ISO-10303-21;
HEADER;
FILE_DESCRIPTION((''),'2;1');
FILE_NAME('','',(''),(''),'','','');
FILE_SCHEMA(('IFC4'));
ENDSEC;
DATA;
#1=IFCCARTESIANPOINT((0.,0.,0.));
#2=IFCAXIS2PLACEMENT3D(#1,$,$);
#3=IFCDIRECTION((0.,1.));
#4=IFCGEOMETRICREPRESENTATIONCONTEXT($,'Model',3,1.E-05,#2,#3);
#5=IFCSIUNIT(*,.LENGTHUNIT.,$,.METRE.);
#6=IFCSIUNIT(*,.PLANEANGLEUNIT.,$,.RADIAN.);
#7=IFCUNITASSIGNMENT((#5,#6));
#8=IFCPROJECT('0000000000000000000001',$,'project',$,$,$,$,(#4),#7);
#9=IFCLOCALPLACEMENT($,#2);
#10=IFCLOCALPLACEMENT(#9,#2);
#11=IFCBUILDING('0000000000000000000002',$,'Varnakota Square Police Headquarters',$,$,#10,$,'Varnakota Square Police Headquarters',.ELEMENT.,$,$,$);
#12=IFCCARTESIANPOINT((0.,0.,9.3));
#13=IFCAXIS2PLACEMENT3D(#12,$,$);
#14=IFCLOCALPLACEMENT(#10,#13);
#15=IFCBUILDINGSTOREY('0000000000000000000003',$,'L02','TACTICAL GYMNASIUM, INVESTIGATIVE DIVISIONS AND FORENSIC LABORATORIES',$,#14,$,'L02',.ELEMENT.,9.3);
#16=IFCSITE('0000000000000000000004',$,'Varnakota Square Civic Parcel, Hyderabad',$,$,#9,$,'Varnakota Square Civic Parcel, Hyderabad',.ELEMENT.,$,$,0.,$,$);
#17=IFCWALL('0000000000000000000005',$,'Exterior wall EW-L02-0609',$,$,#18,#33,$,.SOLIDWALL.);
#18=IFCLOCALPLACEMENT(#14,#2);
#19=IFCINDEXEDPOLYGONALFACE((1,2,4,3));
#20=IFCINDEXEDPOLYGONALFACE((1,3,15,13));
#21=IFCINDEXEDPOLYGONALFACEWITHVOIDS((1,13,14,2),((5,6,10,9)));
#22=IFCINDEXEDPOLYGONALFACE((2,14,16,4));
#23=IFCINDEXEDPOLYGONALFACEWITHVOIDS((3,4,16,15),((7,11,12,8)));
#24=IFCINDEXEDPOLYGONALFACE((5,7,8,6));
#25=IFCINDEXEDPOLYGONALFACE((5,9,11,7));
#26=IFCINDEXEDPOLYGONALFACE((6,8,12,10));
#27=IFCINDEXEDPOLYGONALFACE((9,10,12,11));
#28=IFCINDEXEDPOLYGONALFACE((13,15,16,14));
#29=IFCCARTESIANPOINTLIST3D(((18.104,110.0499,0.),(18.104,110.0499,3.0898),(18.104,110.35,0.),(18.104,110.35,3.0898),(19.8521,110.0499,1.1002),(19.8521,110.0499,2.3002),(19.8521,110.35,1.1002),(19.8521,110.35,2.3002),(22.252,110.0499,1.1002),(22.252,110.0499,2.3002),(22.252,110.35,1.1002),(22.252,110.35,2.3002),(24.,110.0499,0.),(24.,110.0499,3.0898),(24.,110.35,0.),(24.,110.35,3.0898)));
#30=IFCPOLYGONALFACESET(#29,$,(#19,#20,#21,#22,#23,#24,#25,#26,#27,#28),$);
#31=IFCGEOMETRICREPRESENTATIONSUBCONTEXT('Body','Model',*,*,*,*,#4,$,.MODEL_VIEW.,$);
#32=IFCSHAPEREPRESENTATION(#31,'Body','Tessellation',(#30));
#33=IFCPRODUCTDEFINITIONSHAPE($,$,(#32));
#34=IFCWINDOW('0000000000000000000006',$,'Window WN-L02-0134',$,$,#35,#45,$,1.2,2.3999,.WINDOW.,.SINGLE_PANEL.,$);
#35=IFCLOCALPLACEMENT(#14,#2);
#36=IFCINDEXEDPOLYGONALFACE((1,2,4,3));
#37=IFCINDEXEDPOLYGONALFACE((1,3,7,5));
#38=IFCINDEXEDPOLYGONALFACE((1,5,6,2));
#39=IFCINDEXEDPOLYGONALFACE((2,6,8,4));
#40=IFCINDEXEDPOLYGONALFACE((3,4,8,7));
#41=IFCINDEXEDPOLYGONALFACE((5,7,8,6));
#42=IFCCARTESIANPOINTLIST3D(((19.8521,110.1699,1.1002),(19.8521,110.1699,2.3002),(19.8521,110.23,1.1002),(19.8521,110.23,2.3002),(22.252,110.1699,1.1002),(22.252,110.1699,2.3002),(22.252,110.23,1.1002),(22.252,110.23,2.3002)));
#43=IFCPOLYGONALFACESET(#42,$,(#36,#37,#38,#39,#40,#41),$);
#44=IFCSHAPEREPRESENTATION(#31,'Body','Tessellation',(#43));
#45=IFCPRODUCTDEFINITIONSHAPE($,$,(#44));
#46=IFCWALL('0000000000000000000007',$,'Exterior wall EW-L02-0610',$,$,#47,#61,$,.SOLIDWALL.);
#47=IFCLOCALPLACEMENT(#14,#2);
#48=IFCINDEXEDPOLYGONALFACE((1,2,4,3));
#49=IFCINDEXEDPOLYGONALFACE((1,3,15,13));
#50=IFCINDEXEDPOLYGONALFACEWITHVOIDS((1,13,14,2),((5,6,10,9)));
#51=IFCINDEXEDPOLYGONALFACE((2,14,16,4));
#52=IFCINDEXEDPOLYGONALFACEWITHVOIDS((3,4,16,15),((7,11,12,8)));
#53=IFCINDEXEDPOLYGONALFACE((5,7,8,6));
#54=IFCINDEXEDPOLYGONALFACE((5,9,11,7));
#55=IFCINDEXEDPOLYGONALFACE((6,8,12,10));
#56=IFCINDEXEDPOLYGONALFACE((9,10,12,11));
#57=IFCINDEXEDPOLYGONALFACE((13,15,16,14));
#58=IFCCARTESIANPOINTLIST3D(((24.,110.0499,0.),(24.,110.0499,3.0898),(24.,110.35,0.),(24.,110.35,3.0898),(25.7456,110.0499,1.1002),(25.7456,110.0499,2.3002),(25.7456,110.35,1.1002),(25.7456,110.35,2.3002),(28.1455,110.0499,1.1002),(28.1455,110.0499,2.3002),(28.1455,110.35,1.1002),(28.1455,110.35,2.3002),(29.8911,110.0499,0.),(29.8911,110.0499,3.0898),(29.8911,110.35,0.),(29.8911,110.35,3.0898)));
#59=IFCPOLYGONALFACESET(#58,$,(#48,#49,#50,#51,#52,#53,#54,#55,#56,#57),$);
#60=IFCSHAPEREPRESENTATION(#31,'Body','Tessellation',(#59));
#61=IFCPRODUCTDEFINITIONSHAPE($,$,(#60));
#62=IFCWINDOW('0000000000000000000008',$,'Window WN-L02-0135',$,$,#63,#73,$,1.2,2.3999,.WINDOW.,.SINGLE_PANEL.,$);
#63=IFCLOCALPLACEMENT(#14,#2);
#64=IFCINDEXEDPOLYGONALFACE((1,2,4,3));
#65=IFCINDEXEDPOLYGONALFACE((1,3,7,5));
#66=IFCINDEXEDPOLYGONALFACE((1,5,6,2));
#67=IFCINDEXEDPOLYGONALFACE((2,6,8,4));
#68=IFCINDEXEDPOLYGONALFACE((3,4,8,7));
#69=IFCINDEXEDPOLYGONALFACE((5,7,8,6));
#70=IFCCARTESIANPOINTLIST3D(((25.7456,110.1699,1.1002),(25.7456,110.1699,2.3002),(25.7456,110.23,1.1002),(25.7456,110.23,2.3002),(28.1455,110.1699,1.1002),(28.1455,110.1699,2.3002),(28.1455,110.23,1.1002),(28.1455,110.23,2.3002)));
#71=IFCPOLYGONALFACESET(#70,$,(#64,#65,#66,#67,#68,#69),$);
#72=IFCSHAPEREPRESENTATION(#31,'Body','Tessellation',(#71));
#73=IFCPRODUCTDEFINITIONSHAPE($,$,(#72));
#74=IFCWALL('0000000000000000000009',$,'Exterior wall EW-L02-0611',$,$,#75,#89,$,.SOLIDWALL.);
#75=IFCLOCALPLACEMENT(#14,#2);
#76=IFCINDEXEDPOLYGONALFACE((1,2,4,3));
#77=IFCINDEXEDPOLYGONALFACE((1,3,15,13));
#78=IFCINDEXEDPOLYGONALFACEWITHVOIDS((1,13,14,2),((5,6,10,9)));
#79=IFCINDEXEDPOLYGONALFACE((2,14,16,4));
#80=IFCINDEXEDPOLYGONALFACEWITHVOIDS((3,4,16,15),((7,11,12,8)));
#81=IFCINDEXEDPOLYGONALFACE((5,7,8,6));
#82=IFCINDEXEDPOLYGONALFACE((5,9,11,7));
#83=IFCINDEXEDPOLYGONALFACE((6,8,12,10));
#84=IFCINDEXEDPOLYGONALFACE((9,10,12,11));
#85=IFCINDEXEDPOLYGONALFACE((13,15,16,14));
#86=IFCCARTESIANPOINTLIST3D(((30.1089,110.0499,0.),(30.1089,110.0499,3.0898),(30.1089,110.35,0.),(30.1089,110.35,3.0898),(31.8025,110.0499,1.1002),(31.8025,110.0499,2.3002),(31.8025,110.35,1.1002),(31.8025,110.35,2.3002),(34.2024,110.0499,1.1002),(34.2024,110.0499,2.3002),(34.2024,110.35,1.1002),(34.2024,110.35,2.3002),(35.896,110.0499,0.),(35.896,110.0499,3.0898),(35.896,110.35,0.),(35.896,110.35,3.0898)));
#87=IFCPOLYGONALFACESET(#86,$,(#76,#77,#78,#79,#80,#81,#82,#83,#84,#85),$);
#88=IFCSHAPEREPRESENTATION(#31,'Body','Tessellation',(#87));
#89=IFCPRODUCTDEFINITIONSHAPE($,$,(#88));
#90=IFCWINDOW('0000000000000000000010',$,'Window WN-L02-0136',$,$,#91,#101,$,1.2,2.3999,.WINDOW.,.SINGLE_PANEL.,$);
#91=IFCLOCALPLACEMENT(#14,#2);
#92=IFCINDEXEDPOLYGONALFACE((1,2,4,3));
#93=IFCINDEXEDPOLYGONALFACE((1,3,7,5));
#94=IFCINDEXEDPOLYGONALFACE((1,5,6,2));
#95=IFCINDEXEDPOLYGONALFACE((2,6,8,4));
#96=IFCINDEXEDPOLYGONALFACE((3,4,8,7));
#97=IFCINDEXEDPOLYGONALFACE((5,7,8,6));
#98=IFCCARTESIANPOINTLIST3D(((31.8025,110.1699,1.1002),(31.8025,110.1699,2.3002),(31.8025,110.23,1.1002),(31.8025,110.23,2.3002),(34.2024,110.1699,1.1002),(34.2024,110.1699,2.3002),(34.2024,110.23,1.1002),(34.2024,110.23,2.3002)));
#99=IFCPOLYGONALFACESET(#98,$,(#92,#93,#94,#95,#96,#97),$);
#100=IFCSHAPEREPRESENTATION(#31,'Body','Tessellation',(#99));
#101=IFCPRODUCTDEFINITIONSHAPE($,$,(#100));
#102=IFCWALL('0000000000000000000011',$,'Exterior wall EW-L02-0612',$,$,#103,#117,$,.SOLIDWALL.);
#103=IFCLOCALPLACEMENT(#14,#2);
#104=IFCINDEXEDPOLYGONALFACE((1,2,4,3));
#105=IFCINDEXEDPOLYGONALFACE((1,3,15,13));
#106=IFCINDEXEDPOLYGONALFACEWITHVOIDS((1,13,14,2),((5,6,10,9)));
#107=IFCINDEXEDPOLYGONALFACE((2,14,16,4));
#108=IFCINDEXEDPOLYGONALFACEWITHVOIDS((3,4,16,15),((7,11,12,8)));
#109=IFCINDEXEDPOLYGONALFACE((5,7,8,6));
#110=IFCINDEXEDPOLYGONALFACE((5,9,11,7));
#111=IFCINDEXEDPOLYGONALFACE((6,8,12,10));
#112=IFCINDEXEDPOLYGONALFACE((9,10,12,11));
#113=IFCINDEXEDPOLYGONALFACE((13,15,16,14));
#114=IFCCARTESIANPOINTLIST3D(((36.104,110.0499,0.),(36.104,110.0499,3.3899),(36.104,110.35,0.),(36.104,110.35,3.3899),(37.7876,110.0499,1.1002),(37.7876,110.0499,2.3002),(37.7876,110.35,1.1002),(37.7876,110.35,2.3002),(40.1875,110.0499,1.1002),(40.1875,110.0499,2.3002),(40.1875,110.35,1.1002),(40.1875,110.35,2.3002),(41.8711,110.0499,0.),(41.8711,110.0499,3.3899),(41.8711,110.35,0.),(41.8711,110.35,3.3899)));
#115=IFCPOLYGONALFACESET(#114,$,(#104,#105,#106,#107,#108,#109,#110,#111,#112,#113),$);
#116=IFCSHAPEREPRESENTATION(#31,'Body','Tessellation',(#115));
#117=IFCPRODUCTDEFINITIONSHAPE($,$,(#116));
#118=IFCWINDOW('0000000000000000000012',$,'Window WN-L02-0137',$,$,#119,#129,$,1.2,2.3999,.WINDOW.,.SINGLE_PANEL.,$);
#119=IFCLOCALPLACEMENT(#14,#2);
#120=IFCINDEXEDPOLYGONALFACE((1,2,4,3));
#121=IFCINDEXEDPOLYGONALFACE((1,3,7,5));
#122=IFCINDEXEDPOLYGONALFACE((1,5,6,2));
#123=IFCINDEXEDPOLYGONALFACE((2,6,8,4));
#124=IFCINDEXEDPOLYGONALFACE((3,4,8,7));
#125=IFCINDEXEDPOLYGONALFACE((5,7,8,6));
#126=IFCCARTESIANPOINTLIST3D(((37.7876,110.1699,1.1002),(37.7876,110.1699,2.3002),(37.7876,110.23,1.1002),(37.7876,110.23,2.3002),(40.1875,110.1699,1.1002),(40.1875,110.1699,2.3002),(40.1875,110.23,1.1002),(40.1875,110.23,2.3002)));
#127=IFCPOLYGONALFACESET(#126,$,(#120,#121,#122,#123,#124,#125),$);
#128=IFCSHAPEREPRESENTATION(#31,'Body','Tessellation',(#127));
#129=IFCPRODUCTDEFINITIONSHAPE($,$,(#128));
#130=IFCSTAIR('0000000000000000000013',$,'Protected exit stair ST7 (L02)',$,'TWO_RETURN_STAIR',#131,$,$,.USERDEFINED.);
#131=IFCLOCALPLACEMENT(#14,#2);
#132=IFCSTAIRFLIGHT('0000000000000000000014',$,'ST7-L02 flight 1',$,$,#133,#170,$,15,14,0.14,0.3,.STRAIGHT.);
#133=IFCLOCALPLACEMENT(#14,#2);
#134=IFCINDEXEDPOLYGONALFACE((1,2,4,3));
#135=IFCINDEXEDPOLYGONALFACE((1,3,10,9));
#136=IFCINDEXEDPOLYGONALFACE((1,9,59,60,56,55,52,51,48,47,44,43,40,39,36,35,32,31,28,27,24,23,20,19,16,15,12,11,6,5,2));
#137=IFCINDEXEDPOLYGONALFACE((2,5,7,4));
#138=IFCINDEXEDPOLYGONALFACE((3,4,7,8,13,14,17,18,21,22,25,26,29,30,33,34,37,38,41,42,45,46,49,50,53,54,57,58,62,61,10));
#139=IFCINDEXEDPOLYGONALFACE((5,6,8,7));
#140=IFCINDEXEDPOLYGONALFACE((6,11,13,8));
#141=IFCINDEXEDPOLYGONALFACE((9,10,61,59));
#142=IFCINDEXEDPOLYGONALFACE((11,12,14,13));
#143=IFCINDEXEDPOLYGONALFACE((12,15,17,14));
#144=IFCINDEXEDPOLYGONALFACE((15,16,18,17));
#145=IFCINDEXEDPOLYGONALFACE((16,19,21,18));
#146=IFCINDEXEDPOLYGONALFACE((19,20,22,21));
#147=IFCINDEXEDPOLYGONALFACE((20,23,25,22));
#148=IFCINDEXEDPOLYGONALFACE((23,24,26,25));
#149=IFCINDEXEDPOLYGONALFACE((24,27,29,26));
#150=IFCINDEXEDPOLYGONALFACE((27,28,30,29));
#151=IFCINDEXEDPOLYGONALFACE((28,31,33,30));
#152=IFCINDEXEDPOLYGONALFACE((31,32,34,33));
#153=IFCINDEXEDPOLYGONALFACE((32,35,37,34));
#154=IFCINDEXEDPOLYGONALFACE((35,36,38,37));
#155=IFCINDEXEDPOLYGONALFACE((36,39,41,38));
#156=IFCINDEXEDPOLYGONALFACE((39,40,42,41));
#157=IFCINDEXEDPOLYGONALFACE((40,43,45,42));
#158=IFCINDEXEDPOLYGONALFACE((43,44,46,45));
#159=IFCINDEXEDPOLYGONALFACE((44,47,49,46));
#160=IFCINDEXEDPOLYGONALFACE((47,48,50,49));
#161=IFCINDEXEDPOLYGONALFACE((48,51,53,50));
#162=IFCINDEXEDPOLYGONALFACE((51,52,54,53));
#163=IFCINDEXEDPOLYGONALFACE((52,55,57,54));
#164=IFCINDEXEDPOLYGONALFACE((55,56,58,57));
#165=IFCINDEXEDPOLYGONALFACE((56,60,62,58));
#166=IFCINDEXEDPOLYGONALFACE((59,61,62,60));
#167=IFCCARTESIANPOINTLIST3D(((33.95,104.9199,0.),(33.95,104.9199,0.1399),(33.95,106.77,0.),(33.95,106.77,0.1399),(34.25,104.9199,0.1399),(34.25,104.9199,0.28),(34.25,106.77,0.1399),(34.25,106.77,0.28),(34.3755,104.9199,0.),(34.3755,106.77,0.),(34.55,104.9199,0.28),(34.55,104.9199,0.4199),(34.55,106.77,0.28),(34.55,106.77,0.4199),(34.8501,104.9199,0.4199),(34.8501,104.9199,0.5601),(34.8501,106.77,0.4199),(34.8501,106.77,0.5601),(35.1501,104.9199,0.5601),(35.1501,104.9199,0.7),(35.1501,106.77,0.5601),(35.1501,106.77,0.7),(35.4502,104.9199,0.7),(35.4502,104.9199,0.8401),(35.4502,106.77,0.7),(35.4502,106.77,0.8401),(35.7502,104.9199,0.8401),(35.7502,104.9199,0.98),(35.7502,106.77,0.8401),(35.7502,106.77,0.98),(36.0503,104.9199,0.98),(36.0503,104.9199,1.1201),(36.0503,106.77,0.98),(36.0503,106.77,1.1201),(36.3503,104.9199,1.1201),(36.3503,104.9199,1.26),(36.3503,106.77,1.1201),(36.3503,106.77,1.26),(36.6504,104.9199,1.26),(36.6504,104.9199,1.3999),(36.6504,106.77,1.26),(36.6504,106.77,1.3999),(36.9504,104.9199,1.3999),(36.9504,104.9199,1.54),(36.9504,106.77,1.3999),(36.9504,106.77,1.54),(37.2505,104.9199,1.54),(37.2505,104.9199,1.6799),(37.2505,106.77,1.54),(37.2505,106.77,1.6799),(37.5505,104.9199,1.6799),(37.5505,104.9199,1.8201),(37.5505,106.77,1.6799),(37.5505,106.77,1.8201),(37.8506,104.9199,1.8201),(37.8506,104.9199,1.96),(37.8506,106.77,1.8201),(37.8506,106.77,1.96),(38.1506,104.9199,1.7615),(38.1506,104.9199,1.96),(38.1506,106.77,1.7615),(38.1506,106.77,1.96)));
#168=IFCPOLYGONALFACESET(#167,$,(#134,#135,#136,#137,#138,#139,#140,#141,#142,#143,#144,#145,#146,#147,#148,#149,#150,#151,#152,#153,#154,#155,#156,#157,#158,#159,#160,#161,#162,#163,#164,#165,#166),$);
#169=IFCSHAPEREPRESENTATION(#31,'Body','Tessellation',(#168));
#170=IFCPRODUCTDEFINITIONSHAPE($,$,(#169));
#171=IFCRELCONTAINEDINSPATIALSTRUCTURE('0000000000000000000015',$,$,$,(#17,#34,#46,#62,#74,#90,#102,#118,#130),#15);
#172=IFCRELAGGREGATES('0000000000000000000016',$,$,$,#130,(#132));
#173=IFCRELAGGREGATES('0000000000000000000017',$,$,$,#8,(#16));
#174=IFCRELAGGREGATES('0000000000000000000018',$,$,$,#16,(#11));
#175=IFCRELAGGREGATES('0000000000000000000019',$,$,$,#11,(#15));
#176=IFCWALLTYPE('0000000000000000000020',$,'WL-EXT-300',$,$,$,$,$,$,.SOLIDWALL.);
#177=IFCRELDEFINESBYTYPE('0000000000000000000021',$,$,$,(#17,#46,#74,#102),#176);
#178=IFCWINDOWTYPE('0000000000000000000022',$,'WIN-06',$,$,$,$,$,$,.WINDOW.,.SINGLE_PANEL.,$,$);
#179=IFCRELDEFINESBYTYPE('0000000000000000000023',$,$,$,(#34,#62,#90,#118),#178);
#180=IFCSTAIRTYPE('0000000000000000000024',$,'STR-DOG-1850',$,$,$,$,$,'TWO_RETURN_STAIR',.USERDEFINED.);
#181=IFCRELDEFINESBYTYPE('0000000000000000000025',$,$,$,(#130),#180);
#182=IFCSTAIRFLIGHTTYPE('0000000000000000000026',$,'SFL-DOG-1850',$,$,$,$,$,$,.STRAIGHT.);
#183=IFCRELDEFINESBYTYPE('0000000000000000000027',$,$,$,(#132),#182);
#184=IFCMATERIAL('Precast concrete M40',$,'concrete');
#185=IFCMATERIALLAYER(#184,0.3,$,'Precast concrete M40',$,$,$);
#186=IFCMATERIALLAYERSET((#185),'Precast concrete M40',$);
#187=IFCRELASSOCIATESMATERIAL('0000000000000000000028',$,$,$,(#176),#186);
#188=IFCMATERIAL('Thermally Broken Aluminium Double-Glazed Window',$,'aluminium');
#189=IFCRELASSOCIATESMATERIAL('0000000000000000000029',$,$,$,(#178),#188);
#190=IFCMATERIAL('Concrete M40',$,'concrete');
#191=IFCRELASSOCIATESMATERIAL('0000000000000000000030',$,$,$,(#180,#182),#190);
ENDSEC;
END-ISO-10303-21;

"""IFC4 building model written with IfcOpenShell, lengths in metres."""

from ifc_helpers import new_model, si_unit, direction, frame, frame_2d, origin, place, context, subcontext, project, spatial, polyline, rectangle, outline, extrude, material, layer, layer_set, type_object, element, fill, aggregate, save


model = new_model("IFC4")

# Units and contexts
model_context = context("Model", 3, precision=1e-05, world=origin(), true_north=direction((0.0, 1.0)))
body_context = subcontext(model_context, "Body", "Model", "MODEL_VIEW")
ifc_project = project(units=[si_unit("LENGTHUNIT", "METRE"), si_unit("PLANEANGLEUNIT", "RADIAN")], contexts=[model_context])

# Site, building, storey
site_placement = place(None, origin())
site = spatial("IfcSite", under=ifc_project, at=site_placement, Name="Varnakota Square Civic Parcel, Hyderabad", LongName="Varnakota Square Civic Parcel, Hyderabad", CompositionType="ELEMENT", RefElevation=0.0)
building_placement = place(site_placement, origin())
building = spatial("IfcBuilding", under=site, at=building_placement, Name="Varnakota Square Police Headquarters", LongName="Varnakota Square Police Headquarters", CompositionType="ELEMENT")
storey_placement = place(building_placement, frame((0.0, 0.0, 9.3)))
storey = spatial("IfcBuildingStorey", under=building, at=storey_placement, Name="L02", Description="TACTICAL GYMNASIUM, INVESTIGATIVE DIVISIONS AND FORENSIC LABORATORIES", LongName="L02", CompositionType="ELEMENT", Elevation=9.3)

# Walls, openings, windows
ifc_material_1 = material(Name="Precast concrete M40", Category="concrete")
ifc_layer_1 = layer(ifc_material_1, 0.3, Name="Precast concrete M40")
ifc_layer_set_1 = layer_set([ifc_layer_1], Name="Precast concrete M40")
wall_type_1 = type_object("IfcWallType", Name="WL-EXT-300", PredefinedType="SOLIDWALL", material=ifc_layer_set_1)
wall_1_placement = place(storey_placement, frame((18.104, 110.2, 0.0), z_axis=(0.0, 0.0, 1.0), x_axis=(1.0, 0.0, 0.0)))
wall_1 = element("IfcWall", 1, at=wall_1_placement, inside=storey, type_object=wall_type_1, Name="Exterior wall EW-L02-0609", PredefinedType="SOLIDWALL", context=body_context, shape_type="SweptSolid", body=[
    extrude(rectangle(XDim=5.896, YDim=0.3, at=frame_2d((2.948, 0.0))), origin(), (0.0, 0.0, 1.0), 3.0898),
])
opening_1_placement = place(wall_1_placement, frame((1.748, 0.0, 1.1001)))
opening_1 = element("IfcOpeningElement", 2, at=opening_1_placement, cuts=wall_1, PredefinedType="OPENING", context=body_context, shape_type="SweptSolid", body=[
    extrude(rectangle(XDim=2.3999, YDim=1.2, at=frame_2d((1.2, 0.6001))), frame((0.0, 0.1599, 0.0), z_axis=(0.0, -1.0, 0.0), x_axis=(1.0, 0.0, 0.0)), (0.0, 0.0, 1.0), 0.3201),
])
ifc_material_2 = material(Name="Thermally Broken Aluminium Double-Glazed Window", Category="aluminium")
window_type = type_object("IfcWindowType", Name="WIN-06", PartitioningType="SINGLE_PANEL", PredefinedType="WINDOW", material=ifc_material_2)
window_1_placement = place(opening_1_placement, origin())
window_1 = element("IfcWindow", 3, at=window_1_placement, inside=storey, type_object=window_type, Name="Window WN-L02-0134", OverallHeight=1.2, OverallWidth=2.3999, PartitioningType="SINGLE_PANEL", PredefinedType="WINDOW", context=body_context, shape_type="SweptSolid", body=[
    extrude(rectangle(XDim=2.3999, YDim=1.2, at=frame_2d((1.2, 0.6001))), frame((0.0, 0.03, 0.0), z_axis=(0.0, -1.0, 0.0), x_axis=(1.0, 0.0, 0.0)), (0.0, 0.0, 1.0), 0.0601),
])
fill(opening_1, window_1)
wall_2_placement = place(storey_placement, frame((24.0, 110.2, 0.0), z_axis=(0.0, 0.0, 1.0), x_axis=(1.0, 0.0, 0.0)))
wall_2 = element("IfcWall", 4, at=wall_2_placement, inside=storey, type_object=wall_type_1, Name="Exterior wall EW-L02-0610", PredefinedType="SOLIDWALL", context=body_context, shape_type="SweptSolid", body=[
    extrude(rectangle(XDim=5.8911, YDim=0.3, at=frame_2d((2.9456, 0.0))), origin(), (0.0, 0.0, 1.0), 3.0898),
])
opening_2_placement = place(wall_2_placement, frame((1.7456, 0.0, 1.1001)))
opening_2 = element("IfcOpeningElement", 5, at=opening_2_placement, cuts=wall_2, PredefinedType="OPENING", context=body_context, shape_type="SweptSolid", body=[
    extrude(rectangle(XDim=2.3999, YDim=1.2, at=frame_2d((1.2, 0.6001))), frame((0.0, 0.1599, 0.0), z_axis=(0.0, -1.0, 0.0), x_axis=(1.0, 0.0, 0.0)), (0.0, 0.0, 1.0), 0.3201),
])
window_2_placement = place(opening_2_placement, origin())
window_2 = element("IfcWindow", 6, at=window_2_placement, inside=storey, type_object=window_type, Name="Window WN-L02-0135", OverallHeight=1.2, OverallWidth=2.3999, PartitioningType="SINGLE_PANEL", PredefinedType="WINDOW", context=body_context, shape_type="SweptSolid", body=[
    extrude(rectangle(XDim=2.3999, YDim=1.2, at=frame_2d((1.2, 0.6001))), frame((0.0, 0.03, 0.0), z_axis=(0.0, -1.0, 0.0), x_axis=(1.0, 0.0, 0.0)), (0.0, 0.0, 1.0), 0.0601),
])
fill(opening_2, window_2)
wall_3_placement = place(storey_placement, frame((30.1089, 110.2, 0.0), z_axis=(0.0, 0.0, 1.0), x_axis=(1.0, 0.0, 0.0)))
wall_3 = element("IfcWall", 7, at=wall_3_placement, inside=storey, type_object=wall_type_1, Name="Exterior wall EW-L02-0611", PredefinedType="SOLIDWALL", context=body_context, shape_type="SweptSolid", body=[
    extrude(rectangle(XDim=5.7871, YDim=0.3, at=frame_2d((2.8936, 0.0))), origin(), (0.0, 0.0, 1.0), 3.0898),
])
opening_3_placement = place(wall_3_placement, frame((1.6936, 0.0, 1.1001)))
opening_3 = element("IfcOpeningElement", 8, at=opening_3_placement, cuts=wall_3, PredefinedType="OPENING", context=body_context, shape_type="SweptSolid", body=[
    extrude(rectangle(XDim=2.3999, YDim=1.2, at=frame_2d((1.2, 0.6001))), frame((0.0, 0.1599, 0.0), z_axis=(0.0, -1.0, 0.0), x_axis=(1.0, 0.0, 0.0)), (0.0, 0.0, 1.0), 0.3201),
])
window_3_placement = place(opening_3_placement, origin())
window_3 = element("IfcWindow", 9, at=window_3_placement, inside=storey, type_object=window_type, Name="Window WN-L02-0136", OverallHeight=1.2, OverallWidth=2.3999, PartitioningType="SINGLE_PANEL", PredefinedType="WINDOW", context=body_context, shape_type="SweptSolid", body=[
    extrude(rectangle(XDim=2.3999, YDim=1.2, at=frame_2d((1.2, 0.6001))), frame((0.0, 0.03, 0.0), z_axis=(0.0, -1.0, 0.0), x_axis=(1.0, 0.0, 0.0)), (0.0, 0.0, 1.0), 0.0601),
])
fill(opening_3, window_3)
wall_4_placement = place(storey_placement, frame((36.104, 110.2, 0.0), z_axis=(0.0, 0.0, 1.0), x_axis=(1.0, 0.0, 0.0)))
wall_4 = element("IfcWall", 10, at=wall_4_placement, inside=storey, type_object=wall_type_1, Name="Exterior wall EW-L02-0612", PredefinedType="SOLIDWALL", context=body_context, shape_type="SweptSolid", body=[
    extrude(rectangle(XDim=5.7671, YDim=0.3, at=frame_2d((2.8835, 0.0))), origin(), (0.0, 0.0, 1.0), 3.3899),
])
opening_4_placement = place(wall_4_placement, frame((1.6836, 0.0, 1.1001)))
opening_4 = element("IfcOpeningElement", 11, at=opening_4_placement, cuts=wall_4, PredefinedType="OPENING", context=body_context, shape_type="SweptSolid", body=[
    extrude(rectangle(XDim=2.3999, YDim=1.2, at=frame_2d((1.2, 0.6001))), frame((0.0, 0.1599, 0.0), z_axis=(0.0, -1.0, 0.0), x_axis=(1.0, 0.0, 0.0)), (0.0, 0.0, 1.0), 0.3201),
])
window_4_placement = place(opening_4_placement, origin())
window_4 = element("IfcWindow", 12, at=window_4_placement, inside=storey, type_object=window_type, Name="Window WN-L02-0137", OverallHeight=1.2, OverallWidth=2.3999, PartitioningType="SINGLE_PANEL", PredefinedType="WINDOW", context=body_context, shape_type="SweptSolid", body=[
    extrude(rectangle(XDim=2.3999, YDim=1.2, at=frame_2d((1.2, 0.6001))), frame((0.0, 0.03, 0.0), z_axis=(0.0, -1.0, 0.0), x_axis=(1.0, 0.0, 0.0)), (0.0, 0.0, 1.0), 0.0601),
])
fill(opening_4, window_4)

# Stair, stair flight
ifc_material_3 = material(Name="Concrete M40", Category="concrete")
stair_type = type_object("IfcStairType", Name="STR-DOG-1850", ElementType="TWO_RETURN_STAIR", PredefinedType="USERDEFINED", material=ifc_material_3)
stair_placement = place(storey_placement, origin())
stair = element("IfcStair", 13, at=stair_placement, inside=storey, type_object=stair_type, Name="Protected exit stair ST7 (L02)", ObjectType="TWO_RETURN_STAIR", PredefinedType="USERDEFINED")
stair_flight_type = type_object("IfcStairFlightType", Name="SFL-DOG-1850", PredefinedType="STRAIGHT", material=ifc_material_3)
stair_flight_1_placement = place(storey_placement, frame((33.95, 105.845, 0.0), z_axis=(0.0, 0.0, 1.0), x_axis=(1.0, 0.0, 0.0)))
stair_flight_1 = element("IfcStairFlight", 14, at=stair_flight_1_placement, type_object=stair_flight_type, Name="ST7-L02 flight 1", NumberOfRisers=15, NumberOfTreads=14, PredefinedType="STRAIGHT", RiserHeight=0.14, TreadLength=0.3, context=body_context, shape_type="SweptSolid", body=[
    extrude(outline(polyline([(0.0, 0.0), (0.0, 0.1399), (0.3, 0.1399), (0.3, 0.28), (0.6001, 0.28), (0.6001, 0.4199), (0.9001, 0.4199), (0.9001, 0.5601), (1.2002, 0.5601), (1.2002, 0.7), (1.5002, 0.7), (1.5002, 0.8401), (1.8003, 0.8401), (1.8003, 0.98), (2.1003, 0.98), (2.1003, 1.1201), (2.4004, 1.1201), (2.4004, 1.26), (2.7004, 1.26), (2.7004, 1.3999), (3.0005, 1.3999), (3.0005, 1.54), (3.3005, 1.54), (3.3005, 1.6799), (3.6006, 1.6799), (3.6006, 1.8201), (3.9006, 1.8201), (3.9006, 1.96), (4.2007, 1.96), (4.2007, 2.1001), (4.2007, 1.7615), (0.4255, 0.0), (0.0, 0.0)])), frame((0.0, 0.925, 0.0), z_axis=(0.0, -1.0, 0.0), x_axis=(1.0, 0.0, 0.0)), (0.0, 0.0, 1.0), 1.8501),
])
aggregate(stair, [stair_flight_1])

save(model, "model.ifc")
